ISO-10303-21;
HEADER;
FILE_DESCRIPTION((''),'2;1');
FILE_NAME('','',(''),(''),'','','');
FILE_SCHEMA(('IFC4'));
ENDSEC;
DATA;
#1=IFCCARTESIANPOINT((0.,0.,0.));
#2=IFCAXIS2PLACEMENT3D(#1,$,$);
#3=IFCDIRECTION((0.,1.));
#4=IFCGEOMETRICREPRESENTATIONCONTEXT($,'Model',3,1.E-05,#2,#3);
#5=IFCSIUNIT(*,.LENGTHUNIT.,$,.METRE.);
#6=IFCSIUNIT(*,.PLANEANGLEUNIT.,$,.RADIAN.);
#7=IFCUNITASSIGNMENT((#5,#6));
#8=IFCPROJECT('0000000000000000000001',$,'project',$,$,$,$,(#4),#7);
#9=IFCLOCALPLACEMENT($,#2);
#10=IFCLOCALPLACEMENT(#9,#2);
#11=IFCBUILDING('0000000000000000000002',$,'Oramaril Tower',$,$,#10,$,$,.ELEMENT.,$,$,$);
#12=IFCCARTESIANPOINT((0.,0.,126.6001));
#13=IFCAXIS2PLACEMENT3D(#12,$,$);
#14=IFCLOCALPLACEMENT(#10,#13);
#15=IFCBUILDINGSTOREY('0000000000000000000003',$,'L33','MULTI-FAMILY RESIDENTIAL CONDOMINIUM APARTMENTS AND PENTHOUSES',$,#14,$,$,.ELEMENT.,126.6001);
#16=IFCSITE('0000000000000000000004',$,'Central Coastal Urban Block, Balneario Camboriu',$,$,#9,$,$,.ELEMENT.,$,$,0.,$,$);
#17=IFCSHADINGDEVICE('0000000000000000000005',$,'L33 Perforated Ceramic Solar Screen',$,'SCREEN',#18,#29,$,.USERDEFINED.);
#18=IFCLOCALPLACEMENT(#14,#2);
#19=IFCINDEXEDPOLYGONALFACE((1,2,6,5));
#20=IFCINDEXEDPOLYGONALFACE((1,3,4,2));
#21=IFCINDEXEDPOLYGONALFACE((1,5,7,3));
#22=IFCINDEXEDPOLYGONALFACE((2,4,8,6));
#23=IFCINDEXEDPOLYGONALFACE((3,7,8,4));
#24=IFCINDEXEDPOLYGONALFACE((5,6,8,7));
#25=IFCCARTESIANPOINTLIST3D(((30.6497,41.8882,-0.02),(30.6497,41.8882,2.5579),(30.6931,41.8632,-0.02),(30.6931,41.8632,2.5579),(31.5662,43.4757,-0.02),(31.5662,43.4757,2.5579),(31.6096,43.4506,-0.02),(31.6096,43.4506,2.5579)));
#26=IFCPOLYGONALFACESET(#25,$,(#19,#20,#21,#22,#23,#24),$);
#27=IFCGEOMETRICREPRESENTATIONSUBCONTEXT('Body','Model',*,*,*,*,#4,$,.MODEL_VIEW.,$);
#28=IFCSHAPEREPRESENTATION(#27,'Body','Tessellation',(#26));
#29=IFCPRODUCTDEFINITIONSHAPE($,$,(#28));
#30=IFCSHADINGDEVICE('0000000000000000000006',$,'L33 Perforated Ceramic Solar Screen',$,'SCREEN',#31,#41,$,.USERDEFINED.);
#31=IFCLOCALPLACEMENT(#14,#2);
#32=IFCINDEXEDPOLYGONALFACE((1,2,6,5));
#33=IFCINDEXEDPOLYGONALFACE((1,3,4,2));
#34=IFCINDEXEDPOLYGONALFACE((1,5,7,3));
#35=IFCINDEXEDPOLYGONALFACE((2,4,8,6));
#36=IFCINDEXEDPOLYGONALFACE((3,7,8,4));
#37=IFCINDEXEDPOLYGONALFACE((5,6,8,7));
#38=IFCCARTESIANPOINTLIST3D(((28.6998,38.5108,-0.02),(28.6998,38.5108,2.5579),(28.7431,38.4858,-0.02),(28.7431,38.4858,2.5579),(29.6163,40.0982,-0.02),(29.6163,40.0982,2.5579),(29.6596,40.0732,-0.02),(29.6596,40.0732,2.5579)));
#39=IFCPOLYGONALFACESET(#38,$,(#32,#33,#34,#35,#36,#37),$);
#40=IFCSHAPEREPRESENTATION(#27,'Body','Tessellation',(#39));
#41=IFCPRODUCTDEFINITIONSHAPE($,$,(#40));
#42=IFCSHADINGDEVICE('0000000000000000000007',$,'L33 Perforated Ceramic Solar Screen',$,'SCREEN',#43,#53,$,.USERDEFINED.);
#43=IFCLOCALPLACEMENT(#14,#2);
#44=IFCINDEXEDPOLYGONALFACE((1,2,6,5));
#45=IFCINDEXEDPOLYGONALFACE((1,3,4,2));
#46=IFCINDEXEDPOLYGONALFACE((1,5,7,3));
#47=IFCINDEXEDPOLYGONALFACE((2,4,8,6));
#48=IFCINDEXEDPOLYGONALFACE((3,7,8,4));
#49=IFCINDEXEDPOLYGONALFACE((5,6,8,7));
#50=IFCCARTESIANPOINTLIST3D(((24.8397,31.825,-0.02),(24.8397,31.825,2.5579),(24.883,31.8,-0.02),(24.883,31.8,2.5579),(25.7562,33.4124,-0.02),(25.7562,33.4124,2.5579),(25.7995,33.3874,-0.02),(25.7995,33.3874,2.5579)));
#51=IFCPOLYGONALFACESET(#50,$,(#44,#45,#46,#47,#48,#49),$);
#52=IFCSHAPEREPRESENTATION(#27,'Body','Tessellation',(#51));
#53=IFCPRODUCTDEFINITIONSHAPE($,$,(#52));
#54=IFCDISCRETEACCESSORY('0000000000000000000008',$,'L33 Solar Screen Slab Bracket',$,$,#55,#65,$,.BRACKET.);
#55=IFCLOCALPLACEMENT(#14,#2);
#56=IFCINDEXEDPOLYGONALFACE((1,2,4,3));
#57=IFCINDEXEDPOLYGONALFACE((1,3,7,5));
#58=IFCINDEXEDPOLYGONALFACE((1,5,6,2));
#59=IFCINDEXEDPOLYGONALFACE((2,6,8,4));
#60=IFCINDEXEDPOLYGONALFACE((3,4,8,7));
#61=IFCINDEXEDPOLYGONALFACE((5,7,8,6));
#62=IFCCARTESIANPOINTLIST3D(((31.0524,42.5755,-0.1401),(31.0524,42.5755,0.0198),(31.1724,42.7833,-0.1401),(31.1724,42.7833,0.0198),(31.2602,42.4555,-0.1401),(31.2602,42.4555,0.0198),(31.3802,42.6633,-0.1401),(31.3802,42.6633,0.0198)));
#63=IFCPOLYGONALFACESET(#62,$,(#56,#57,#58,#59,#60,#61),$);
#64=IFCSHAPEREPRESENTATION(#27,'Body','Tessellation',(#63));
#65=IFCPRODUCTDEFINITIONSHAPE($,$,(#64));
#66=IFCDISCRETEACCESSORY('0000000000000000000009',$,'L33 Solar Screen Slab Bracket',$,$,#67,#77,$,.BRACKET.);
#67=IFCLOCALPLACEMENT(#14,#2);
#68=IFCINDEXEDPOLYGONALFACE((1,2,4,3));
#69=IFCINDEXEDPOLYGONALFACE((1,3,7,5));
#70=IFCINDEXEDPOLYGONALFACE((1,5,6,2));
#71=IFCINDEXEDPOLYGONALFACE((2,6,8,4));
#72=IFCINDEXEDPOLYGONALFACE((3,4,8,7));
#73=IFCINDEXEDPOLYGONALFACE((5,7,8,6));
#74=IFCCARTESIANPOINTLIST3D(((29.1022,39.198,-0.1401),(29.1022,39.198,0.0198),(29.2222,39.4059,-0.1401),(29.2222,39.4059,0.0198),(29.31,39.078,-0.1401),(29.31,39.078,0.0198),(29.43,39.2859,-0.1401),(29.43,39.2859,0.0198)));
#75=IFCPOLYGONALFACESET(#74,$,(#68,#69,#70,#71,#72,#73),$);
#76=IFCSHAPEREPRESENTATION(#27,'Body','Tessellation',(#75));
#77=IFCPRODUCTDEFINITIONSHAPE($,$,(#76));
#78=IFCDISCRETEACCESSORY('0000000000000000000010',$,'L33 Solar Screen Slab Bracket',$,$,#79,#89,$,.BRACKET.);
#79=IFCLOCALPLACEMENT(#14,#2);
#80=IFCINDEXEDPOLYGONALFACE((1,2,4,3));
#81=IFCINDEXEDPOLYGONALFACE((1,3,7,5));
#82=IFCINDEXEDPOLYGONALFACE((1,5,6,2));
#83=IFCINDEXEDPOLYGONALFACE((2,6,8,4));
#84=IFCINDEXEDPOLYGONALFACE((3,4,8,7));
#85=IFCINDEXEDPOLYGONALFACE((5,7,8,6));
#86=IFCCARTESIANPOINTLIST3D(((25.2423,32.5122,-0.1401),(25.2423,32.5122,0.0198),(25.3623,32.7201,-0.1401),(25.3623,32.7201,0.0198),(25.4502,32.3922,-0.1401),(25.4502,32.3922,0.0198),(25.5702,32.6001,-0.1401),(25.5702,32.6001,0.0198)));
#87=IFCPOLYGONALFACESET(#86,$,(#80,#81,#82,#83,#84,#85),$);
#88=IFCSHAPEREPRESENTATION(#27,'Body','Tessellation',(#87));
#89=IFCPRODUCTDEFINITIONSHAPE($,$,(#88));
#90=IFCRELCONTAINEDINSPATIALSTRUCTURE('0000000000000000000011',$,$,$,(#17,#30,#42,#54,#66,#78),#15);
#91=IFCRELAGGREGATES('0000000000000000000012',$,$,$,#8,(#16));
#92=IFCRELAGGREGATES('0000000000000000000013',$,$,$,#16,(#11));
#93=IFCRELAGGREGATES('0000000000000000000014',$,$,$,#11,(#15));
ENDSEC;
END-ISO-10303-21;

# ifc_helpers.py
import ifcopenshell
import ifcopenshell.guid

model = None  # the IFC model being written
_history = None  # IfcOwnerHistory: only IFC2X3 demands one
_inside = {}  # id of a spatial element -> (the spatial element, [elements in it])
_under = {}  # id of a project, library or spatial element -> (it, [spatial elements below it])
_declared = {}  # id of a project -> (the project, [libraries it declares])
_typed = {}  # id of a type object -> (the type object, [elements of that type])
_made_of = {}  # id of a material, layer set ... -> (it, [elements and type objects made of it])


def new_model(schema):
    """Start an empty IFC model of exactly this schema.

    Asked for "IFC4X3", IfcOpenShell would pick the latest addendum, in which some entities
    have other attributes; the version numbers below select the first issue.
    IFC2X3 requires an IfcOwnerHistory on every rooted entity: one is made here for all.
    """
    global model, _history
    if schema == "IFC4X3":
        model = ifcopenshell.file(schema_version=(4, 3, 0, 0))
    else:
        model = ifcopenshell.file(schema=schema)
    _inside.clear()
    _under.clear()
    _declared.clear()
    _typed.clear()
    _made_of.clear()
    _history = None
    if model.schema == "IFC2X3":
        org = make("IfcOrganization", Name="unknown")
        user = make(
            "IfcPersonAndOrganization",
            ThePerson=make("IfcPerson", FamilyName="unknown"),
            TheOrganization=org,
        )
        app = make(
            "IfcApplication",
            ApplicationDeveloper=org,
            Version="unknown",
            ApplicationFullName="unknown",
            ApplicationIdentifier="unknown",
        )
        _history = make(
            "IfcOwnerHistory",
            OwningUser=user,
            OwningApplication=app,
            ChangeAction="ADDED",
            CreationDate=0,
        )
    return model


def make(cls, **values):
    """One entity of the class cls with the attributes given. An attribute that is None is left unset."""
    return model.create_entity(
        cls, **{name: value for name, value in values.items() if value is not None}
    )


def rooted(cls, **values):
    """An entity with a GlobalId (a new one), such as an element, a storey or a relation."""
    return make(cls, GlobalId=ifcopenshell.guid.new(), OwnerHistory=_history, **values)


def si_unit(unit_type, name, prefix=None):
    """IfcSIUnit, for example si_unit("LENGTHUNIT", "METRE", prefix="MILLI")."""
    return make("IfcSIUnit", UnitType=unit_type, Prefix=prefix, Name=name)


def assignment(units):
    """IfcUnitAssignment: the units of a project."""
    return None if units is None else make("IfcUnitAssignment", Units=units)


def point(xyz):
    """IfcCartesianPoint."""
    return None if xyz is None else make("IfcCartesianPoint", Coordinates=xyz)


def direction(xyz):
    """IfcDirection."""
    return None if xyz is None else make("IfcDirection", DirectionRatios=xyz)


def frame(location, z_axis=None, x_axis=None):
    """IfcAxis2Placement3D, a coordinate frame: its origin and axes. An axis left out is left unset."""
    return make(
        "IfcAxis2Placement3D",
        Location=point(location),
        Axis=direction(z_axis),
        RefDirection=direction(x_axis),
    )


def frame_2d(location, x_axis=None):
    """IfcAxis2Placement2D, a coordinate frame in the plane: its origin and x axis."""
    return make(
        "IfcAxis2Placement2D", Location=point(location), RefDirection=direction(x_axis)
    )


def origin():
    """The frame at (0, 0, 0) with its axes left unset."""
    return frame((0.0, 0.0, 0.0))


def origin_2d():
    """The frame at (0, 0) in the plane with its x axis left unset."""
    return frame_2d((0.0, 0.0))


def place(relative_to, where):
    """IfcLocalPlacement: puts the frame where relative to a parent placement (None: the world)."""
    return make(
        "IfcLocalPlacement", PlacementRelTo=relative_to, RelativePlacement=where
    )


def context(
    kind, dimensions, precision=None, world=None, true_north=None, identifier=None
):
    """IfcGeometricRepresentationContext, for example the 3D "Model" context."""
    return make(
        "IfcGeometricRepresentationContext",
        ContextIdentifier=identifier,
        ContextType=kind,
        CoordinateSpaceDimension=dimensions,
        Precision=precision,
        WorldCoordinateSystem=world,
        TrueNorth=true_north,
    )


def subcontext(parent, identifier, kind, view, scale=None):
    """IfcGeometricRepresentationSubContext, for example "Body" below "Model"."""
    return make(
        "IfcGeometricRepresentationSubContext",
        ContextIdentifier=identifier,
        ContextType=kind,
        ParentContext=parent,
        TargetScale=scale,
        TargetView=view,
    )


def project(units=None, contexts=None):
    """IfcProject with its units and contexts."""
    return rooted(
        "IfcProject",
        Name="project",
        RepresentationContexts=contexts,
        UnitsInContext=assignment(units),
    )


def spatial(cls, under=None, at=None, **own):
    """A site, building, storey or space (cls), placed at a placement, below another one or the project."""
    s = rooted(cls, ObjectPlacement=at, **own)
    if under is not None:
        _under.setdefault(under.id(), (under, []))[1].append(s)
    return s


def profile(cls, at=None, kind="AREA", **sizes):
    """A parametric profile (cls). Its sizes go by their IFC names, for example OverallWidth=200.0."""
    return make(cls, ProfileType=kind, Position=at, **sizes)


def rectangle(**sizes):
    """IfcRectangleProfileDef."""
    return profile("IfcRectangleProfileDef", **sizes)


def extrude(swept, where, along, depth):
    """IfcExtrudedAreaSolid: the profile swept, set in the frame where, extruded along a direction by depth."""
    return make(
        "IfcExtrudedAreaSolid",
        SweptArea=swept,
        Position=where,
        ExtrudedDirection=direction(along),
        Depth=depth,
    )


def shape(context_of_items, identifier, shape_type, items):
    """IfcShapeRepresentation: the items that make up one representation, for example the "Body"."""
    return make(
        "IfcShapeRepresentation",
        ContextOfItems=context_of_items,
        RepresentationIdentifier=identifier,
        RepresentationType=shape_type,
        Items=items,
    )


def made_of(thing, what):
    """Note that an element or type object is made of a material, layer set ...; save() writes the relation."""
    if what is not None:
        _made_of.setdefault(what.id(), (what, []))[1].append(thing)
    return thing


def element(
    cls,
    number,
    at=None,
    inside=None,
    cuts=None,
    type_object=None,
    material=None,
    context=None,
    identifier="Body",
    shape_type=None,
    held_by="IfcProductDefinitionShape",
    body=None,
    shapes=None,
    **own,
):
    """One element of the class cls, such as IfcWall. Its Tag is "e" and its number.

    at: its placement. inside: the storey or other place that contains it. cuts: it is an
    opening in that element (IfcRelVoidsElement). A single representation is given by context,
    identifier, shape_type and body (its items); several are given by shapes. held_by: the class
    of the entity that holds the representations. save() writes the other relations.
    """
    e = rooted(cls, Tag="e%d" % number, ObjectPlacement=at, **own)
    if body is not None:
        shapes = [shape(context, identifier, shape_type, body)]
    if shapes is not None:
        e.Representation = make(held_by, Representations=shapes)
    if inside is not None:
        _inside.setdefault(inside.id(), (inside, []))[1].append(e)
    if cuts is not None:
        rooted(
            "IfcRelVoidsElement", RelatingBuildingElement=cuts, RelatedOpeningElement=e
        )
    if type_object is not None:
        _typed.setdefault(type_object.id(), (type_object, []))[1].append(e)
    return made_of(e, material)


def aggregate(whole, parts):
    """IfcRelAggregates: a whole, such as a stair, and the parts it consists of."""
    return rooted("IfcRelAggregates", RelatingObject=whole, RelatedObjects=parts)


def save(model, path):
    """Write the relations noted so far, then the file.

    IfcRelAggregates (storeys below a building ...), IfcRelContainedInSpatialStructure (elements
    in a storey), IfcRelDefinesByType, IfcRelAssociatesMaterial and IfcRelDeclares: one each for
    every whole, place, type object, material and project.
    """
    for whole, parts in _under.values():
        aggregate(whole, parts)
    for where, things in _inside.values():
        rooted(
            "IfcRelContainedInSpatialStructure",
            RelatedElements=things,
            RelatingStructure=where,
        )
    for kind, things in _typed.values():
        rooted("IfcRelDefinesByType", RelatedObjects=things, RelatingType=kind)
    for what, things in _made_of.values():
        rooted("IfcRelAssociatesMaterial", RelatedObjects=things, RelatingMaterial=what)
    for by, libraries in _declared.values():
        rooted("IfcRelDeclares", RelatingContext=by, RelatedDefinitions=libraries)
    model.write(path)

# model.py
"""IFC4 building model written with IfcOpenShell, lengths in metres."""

from ifc_helpers import new_model, si_unit, direction, frame, origin, origin_2d, place, context, subcontext, project, spatial, rectangle, extrude, element, save


model = new_model("IFC4")

# Units and contexts
model_context = context("Model", 3, precision=1e-05, world=origin(), true_north=direction((0.0, 1.0)))
body_context = subcontext(model_context, "Body", "Model", "MODEL_VIEW")
ifc_project = project(units=[si_unit("LENGTHUNIT", "METRE"), si_unit("PLANEANGLEUNIT", "RADIAN")], contexts=[model_context])

# Site, building, storey
site_placement = place(None, origin())
site = spatial("IfcSite", under=ifc_project, at=site_placement, Name="Central Coastal Urban Block, Balneario Camboriu", CompositionType="ELEMENT", RefElevation=0.0)
building_placement = place(site_placement, origin())
building = spatial("IfcBuilding", under=site, at=building_placement, Name="Oramaril Tower", CompositionType="ELEMENT")
storey_placement = place(building_placement, frame((0.0, 0.0, 126.6001)))
storey = spatial("IfcBuildingStorey", under=building, at=storey_placement, Name="L33", Description="MULTI-FAMILY RESIDENTIAL CONDOMINIUM APARTMENTS AND PENTHOUSES", CompositionType="ELEMENT", Elevation=126.6001)

# Shading devices
for number, where, z_axis, x_axis, name in (
    (1, (31.1296, 42.6694, -0.02), (0.0, 0.0, 1.0), (-0.499998, -0.866026, 0.0), "L33 Perforated Ceramic Solar Screen"),
    (2, (29.1797, 39.292, -0.02), (0.0, 0.0, 1.0), (-0.499998, -0.866026, 0.0), "L33 Perforated Ceramic Solar Screen"),
    (3, (25.3196, 32.6062, -0.02), (0.0, 0.0, 1.0), (-0.499998, -0.866026, 0.0), "L33 Perforated Ceramic Solar Screen"),
):
    element("IfcShadingDevice", number, at=place(storey_placement, frame(where, z_axis=z_axis, x_axis=x_axis)), inside=storey, Name=name, ObjectType="SCREEN", PredefinedType="USERDEFINED", context=body_context, shape_type="SweptSolid", body=[
        extrude(rectangle(XDim=1.833, YDim=0.05, at=origin_2d()), origin(), (0.0, 0.0, 1.0), 2.5779),
    ])

# Discrete accessories
for number, where, z_axis, x_axis, name in (
    (4, (31.2163, 42.6194, -0.1401), (0.0, 0.0, 1.0), (-0.499998, -0.866026, 0.0), "L33 Solar Screen Slab Bracket"),
    (5, (29.2661, 39.2419, -0.1401), (0.0, 0.0, 1.0), (-0.499998, -0.866026, 0.0), "L33 Solar Screen Slab Bracket"),
    (6, (25.4062, 32.5562, -0.1401), (0.0, 0.0, 1.0), (-0.499998, -0.866026, 0.0), "L33 Solar Screen Slab Bracket"),
):
    element("IfcDiscreteAccessory", number, at=place(storey_placement, frame(where, z_axis=z_axis, x_axis=x_axis)), inside=storey, Name=name, PredefinedType="BRACKET", context=body_context, shape_type="SweptSolid", body=[
        extrude(rectangle(XDim=0.24, YDim=0.24, at=origin_2d()), origin(), (0.0, 0.0, 1.0), 0.1599),
    ])

save(model, "model.ifc")
